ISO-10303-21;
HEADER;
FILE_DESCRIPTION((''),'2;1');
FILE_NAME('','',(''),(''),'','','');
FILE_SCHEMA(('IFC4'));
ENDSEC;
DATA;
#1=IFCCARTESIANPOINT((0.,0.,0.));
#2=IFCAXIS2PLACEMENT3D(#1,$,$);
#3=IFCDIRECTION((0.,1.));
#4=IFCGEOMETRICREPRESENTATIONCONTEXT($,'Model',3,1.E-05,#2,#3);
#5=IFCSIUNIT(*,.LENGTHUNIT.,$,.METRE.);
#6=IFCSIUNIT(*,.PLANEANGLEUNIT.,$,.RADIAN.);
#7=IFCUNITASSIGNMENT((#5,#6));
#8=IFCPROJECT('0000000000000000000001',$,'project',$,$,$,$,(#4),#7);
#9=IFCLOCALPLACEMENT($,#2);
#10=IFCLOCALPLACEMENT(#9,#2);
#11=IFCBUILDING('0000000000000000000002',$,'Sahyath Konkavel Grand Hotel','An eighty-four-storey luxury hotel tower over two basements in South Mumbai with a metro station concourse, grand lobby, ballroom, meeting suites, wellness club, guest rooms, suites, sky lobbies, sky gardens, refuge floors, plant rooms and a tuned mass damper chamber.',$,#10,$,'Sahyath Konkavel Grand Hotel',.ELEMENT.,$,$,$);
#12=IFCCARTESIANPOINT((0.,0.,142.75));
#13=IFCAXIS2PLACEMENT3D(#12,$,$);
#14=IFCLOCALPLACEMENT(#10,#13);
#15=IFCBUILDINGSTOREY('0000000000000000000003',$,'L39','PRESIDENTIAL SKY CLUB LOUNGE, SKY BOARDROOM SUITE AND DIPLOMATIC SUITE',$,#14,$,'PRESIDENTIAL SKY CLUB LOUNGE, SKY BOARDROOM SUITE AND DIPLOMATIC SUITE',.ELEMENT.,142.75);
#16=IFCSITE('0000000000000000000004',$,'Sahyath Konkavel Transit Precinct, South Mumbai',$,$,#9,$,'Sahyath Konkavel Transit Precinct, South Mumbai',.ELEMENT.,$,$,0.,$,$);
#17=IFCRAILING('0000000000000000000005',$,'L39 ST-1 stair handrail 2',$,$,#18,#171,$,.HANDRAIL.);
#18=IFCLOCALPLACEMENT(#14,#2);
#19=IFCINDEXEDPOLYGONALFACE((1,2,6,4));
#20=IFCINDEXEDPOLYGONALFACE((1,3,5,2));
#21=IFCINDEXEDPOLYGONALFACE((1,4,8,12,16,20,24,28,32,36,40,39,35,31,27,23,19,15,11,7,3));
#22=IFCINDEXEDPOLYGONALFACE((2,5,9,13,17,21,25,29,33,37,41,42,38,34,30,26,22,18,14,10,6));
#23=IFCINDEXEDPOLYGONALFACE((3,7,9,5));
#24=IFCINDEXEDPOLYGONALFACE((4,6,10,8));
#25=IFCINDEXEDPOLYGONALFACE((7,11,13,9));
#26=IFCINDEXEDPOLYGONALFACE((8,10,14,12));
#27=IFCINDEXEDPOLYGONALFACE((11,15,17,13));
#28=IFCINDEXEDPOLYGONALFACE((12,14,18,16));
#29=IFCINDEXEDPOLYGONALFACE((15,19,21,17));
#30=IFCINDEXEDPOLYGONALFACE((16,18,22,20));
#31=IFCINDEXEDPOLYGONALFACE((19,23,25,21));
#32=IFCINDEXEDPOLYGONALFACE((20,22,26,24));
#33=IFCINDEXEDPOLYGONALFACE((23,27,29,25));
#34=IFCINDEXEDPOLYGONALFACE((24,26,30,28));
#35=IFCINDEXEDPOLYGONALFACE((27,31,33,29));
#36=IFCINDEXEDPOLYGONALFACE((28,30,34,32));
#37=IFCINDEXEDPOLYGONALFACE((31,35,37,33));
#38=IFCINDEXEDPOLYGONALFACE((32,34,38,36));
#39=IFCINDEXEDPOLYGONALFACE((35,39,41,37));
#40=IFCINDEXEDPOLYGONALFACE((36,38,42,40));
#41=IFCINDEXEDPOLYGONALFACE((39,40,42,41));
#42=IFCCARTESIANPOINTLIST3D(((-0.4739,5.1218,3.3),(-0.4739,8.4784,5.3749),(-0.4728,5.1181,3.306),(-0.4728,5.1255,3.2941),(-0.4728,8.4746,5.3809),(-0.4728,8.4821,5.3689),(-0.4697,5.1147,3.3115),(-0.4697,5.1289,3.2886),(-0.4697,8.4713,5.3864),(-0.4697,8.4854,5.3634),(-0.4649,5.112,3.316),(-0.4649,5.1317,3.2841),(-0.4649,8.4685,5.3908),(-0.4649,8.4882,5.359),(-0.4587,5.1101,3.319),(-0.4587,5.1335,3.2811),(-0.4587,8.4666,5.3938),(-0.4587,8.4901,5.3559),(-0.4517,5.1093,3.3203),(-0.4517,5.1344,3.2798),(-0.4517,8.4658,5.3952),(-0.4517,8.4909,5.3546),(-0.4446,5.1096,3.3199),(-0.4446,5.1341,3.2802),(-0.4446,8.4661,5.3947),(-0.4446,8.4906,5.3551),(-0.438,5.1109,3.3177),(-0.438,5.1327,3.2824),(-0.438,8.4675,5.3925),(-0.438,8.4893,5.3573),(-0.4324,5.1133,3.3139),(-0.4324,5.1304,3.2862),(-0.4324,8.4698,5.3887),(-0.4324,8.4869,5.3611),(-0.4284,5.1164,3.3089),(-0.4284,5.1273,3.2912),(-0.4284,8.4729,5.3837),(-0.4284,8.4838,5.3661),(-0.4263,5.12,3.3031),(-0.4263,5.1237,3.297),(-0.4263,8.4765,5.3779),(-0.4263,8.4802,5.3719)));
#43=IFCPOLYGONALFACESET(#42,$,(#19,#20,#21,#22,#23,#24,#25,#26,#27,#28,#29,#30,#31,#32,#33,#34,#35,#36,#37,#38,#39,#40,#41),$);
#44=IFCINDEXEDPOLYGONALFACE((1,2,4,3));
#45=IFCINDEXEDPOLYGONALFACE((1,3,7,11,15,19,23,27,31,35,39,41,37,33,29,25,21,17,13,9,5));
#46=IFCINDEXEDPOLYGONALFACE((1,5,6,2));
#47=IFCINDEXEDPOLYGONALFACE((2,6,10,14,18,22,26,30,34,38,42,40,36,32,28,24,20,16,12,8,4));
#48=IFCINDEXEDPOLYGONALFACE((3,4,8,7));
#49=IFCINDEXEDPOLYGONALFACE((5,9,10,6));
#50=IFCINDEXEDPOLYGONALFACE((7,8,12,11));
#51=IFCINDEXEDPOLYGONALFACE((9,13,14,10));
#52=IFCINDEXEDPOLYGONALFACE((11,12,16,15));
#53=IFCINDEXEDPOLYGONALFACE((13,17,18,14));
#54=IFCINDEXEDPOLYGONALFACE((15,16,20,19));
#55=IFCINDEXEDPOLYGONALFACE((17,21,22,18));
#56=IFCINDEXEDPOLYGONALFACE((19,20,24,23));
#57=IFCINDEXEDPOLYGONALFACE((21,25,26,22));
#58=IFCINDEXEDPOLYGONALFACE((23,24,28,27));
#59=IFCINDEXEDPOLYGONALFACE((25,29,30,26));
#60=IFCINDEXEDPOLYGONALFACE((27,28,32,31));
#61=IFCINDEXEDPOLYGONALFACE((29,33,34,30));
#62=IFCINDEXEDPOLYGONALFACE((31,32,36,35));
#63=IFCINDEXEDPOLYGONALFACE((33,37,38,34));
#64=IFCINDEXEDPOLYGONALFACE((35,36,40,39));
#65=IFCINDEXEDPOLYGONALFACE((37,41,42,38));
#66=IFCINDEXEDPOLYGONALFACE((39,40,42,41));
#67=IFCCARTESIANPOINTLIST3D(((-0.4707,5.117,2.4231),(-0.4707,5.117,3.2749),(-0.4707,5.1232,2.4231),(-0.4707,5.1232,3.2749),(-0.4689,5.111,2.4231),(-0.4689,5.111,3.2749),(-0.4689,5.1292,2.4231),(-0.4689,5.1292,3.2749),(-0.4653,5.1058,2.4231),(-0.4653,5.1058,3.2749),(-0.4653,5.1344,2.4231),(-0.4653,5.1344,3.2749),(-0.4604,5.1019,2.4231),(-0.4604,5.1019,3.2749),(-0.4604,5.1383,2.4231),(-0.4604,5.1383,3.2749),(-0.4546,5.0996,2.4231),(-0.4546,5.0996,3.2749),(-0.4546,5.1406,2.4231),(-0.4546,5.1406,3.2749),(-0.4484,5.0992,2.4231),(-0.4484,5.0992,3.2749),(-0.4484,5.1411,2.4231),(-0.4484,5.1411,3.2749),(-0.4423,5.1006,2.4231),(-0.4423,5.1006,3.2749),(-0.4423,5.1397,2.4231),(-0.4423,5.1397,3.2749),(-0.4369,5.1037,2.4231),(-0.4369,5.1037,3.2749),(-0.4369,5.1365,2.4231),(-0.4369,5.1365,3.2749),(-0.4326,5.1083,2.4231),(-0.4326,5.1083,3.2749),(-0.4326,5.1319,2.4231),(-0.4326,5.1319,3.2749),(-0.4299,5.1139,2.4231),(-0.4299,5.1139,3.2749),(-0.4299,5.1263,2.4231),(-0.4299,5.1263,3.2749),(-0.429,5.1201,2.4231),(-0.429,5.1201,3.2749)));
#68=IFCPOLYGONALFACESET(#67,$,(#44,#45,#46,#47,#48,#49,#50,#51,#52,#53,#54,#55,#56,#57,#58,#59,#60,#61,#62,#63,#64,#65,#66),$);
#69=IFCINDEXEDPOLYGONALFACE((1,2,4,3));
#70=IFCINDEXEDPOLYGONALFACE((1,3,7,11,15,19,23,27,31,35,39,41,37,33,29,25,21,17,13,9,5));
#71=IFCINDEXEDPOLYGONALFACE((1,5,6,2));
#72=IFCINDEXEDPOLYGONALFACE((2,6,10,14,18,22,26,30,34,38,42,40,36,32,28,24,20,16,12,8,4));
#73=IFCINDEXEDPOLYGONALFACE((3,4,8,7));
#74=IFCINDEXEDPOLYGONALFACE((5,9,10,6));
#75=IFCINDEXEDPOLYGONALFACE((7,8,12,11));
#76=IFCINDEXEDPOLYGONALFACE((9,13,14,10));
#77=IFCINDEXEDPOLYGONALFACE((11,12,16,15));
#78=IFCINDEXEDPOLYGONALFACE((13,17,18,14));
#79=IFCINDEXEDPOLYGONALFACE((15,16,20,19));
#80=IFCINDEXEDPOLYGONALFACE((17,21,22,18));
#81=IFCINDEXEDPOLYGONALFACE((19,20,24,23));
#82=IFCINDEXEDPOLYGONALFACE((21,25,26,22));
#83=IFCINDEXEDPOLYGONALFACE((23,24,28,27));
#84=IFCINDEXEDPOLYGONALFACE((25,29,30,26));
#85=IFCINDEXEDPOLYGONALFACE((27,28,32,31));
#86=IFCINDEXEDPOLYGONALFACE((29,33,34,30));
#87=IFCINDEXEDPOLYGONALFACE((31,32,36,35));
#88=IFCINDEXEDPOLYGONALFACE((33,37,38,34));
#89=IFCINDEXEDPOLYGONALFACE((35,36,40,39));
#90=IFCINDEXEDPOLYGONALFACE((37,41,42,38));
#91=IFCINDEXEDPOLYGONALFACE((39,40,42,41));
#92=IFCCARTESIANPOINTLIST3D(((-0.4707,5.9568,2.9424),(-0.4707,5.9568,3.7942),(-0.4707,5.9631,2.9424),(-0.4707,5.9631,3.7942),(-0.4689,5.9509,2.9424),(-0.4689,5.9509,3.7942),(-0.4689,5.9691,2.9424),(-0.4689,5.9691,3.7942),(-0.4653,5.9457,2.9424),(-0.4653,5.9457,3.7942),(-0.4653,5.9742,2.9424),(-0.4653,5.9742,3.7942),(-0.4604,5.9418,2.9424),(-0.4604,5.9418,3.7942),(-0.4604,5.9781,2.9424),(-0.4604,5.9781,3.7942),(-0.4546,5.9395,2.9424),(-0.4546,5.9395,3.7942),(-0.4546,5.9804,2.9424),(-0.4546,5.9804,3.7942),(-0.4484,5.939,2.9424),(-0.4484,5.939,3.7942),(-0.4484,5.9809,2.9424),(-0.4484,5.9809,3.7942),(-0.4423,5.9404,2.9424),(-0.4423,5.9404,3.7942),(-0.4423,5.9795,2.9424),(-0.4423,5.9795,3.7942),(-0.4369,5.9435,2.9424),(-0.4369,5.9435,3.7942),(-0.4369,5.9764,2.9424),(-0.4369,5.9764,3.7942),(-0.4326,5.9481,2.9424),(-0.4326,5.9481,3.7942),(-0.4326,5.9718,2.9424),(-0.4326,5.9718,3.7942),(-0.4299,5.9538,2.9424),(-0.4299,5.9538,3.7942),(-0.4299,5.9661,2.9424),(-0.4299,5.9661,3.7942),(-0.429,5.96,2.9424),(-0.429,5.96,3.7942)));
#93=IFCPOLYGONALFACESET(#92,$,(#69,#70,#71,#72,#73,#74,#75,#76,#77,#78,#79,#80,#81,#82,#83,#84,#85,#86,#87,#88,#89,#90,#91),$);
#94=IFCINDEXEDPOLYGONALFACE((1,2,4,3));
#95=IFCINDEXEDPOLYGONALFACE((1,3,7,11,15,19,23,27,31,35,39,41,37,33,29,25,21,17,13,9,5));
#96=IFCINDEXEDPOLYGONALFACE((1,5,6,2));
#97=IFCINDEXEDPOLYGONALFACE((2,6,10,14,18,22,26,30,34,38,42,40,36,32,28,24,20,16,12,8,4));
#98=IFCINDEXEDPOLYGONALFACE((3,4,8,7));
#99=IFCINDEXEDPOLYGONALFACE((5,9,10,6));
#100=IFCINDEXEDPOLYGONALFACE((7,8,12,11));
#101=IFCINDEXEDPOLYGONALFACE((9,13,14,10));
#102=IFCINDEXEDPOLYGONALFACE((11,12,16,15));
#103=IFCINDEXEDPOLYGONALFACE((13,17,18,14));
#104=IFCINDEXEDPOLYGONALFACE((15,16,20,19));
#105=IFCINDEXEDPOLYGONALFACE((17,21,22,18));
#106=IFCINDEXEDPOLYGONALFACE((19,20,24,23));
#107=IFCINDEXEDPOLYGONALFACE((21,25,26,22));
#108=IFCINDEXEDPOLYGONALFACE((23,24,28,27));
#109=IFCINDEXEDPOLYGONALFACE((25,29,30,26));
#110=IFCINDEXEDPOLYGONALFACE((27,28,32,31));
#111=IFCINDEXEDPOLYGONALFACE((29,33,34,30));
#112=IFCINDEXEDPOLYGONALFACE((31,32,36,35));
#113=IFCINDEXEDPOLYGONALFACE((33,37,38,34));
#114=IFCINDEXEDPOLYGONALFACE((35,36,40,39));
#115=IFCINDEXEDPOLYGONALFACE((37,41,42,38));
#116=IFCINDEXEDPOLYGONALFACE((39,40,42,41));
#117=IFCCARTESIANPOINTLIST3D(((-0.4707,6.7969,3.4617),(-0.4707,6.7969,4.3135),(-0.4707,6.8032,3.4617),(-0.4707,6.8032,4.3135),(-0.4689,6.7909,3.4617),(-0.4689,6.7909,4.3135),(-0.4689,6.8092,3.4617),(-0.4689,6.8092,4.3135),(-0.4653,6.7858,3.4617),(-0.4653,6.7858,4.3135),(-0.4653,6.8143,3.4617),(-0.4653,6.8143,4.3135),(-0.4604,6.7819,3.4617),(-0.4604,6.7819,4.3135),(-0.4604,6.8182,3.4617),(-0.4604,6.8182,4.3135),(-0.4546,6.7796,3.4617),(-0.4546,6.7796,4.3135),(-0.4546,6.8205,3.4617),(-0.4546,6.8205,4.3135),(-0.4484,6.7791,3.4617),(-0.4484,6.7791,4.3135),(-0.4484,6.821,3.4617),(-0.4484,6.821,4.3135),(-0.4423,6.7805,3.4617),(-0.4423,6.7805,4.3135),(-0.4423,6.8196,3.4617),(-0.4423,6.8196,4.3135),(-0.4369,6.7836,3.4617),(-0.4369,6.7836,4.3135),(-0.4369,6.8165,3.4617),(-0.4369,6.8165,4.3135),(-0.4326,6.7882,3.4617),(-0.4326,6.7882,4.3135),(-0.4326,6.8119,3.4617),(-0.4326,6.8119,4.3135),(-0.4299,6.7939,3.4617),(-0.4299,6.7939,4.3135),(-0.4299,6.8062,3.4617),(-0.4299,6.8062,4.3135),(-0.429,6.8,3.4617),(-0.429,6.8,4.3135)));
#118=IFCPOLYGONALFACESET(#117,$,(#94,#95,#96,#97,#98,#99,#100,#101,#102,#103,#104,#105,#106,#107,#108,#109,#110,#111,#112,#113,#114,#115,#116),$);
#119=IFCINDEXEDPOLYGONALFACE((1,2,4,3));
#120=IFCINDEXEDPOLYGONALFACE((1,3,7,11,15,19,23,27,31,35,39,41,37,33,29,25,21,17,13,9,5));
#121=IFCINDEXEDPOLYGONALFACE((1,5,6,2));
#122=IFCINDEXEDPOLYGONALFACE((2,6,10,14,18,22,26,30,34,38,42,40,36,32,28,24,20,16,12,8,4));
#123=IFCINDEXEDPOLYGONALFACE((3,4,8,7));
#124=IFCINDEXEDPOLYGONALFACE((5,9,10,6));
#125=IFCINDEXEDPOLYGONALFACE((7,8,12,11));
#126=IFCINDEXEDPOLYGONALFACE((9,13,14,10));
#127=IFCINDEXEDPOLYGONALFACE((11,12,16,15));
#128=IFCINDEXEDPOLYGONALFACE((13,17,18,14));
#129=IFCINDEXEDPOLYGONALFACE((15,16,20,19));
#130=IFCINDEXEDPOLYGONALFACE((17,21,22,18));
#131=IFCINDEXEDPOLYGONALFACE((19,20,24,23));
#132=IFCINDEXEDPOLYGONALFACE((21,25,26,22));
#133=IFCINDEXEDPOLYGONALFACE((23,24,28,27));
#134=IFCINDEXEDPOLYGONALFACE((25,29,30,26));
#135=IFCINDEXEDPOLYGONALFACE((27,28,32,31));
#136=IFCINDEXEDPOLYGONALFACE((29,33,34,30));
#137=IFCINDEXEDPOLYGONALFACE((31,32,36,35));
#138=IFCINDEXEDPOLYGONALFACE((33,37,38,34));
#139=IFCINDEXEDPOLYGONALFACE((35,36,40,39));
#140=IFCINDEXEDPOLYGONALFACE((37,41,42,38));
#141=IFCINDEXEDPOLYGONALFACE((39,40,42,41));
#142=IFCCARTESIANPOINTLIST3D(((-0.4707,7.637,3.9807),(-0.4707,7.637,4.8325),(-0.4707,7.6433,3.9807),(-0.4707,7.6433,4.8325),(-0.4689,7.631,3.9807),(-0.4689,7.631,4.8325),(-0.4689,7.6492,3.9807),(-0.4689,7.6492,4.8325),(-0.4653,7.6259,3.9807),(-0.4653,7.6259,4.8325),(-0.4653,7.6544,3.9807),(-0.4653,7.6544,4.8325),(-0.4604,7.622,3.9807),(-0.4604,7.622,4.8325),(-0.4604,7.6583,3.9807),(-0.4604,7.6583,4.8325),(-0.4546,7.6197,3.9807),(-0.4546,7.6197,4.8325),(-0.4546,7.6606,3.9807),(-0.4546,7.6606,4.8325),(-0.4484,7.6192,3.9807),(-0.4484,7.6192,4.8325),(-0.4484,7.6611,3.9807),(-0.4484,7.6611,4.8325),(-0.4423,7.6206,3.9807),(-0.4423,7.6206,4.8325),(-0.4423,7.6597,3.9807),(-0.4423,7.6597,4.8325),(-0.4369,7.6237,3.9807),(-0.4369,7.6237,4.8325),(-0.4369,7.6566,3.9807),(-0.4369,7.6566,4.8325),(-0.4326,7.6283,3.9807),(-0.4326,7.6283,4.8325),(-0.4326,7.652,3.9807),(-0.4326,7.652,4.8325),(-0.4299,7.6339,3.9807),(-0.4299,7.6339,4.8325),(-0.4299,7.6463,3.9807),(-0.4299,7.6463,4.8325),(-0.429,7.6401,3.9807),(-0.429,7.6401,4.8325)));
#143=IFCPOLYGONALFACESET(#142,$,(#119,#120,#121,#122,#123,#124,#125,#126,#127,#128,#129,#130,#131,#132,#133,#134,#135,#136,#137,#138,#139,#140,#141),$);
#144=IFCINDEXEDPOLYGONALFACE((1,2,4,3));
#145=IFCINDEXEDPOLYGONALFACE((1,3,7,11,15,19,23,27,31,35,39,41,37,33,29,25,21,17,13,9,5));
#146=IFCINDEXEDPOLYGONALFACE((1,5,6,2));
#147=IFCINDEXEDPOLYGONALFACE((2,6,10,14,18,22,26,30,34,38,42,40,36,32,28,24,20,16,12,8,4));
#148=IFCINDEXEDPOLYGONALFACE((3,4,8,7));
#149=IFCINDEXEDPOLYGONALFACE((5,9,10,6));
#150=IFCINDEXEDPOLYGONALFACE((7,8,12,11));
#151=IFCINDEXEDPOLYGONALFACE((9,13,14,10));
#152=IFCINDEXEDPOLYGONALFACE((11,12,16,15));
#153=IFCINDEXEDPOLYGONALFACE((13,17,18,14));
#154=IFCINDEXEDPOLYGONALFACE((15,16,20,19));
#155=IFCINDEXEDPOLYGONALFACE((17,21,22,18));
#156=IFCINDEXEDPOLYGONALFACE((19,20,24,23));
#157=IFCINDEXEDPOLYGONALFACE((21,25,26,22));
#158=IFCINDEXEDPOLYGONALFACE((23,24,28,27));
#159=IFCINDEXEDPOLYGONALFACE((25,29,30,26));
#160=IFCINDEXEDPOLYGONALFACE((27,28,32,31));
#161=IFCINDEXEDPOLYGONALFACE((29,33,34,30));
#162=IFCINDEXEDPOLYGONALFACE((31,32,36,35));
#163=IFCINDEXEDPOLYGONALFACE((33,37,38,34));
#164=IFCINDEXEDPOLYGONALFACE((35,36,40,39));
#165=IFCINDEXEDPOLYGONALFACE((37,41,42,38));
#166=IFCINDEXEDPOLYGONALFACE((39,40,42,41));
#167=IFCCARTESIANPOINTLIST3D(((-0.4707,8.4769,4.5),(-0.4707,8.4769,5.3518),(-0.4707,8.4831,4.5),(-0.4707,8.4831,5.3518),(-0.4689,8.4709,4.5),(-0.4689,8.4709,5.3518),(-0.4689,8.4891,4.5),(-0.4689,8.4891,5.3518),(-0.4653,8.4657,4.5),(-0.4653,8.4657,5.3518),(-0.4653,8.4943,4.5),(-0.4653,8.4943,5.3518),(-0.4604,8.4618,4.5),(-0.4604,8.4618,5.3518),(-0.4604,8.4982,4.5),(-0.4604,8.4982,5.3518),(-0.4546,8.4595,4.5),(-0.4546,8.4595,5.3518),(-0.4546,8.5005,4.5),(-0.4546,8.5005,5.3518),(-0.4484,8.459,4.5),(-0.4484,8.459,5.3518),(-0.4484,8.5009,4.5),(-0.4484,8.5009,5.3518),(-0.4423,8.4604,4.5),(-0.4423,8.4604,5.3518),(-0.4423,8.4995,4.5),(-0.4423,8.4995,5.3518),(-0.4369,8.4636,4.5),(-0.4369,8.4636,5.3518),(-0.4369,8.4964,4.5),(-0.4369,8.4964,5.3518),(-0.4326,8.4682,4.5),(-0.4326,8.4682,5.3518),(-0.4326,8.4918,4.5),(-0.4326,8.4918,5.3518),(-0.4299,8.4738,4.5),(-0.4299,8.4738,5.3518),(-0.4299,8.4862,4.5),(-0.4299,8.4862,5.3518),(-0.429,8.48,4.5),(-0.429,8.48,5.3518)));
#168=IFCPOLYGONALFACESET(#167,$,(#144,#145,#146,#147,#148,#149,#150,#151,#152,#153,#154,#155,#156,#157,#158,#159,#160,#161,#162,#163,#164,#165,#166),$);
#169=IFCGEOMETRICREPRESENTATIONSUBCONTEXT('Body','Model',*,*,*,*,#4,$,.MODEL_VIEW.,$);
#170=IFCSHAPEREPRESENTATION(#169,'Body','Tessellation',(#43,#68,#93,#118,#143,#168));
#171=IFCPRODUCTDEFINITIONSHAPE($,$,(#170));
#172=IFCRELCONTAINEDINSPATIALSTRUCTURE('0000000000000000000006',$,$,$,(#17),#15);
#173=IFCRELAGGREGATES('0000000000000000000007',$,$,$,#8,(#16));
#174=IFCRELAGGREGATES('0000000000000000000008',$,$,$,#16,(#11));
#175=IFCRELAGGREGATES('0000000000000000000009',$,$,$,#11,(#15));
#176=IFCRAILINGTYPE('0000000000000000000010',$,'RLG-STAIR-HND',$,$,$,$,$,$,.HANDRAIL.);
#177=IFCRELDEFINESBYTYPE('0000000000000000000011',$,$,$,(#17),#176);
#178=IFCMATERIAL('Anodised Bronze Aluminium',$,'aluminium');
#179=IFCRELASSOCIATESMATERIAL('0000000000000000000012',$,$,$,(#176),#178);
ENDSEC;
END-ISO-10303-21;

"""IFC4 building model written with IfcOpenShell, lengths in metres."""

from ifc_helpers import new_model, si_unit, direction, frame, origin, origin_2d, place, context, subcontext, project, spatial, circle, extrude, material, type_object, element, save


model = new_model("IFC4")

# Units and contexts
model_context = context("Model", 3, precision=1e-05, world=origin(), true_north=direction((0.0, 1.0)))
body_context = subcontext(model_context, "Body", "Model", "MODEL_VIEW")
ifc_project = project(units=[si_unit("LENGTHUNIT", "METRE"), si_unit("PLANEANGLEUNIT", "RADIAN")], contexts=[model_context])

# Site, building, storey
site_placement = place(None, origin())
site = spatial("IfcSite", under=ifc_project, at=site_placement, Name="Sahyath Konkavel Transit Precinct, South Mumbai", LongName="Sahyath Konkavel Transit Precinct, South Mumbai", CompositionType="ELEMENT", RefElevation=0.0)
building_placement = place(site_placement, origin())
building = spatial("IfcBuilding", under=site, at=building_placement, Name="Sahyath Konkavel Grand Hotel", Description="An eighty-four-storey luxury hotel tower over two basements in South Mumbai with a metro station concourse, grand lobby, ballroom, meeting suites, wellness club, guest rooms, suites, sky lobbies, sky gardens, refuge floors, plant rooms and a tuned mass damper chamber.", LongName="Sahyath Konkavel Grand Hotel", CompositionType="ELEMENT")
storey_placement = place(building_placement, frame((0.0, 0.0, 142.75)))
storey = spatial("IfcBuildingStorey", under=building, at=storey_placement, Name="L39", Description="PRESIDENTIAL SKY CLUB LOUNGE, SKY BOARDROOM SUITE AND DIPLOMATIC SUITE", LongName="PRESIDENTIAL SKY CLUB LOUNGE, SKY BOARDROOM SUITE AND DIPLOMATIC SUITE", CompositionType="ELEMENT", Elevation=142.75)

# Railing
ifc_material_1 = material(Name="Anodised Bronze Aluminium", Category="aluminium")
railing_type_1 = type_object("IfcRailingType", Name="RLG-STAIR-HND", PredefinedType="HANDRAIL", material=ifc_material_1)
railing_1_placement = place(storey_placement, frame((-0.45, 5.1201, 2.4231)))
element("IfcRailing", 1, at=railing_1_placement, inside=storey, type_object=railing_type_1, Name="L39 ST-1 stair handrail 2", PredefinedType="HANDRAIL", context=body_context, shape_type="SweptSolid", body=[
    extrude(circle(Radius=0.0239, at=origin_2d()), frame((0.0, 0.0017, 0.877), z_axis=(0.0, 0.850606, 0.525803), x_axis=(-1.0, 0.0, 0.0)), (0.0, 0.0, 1.0), 3.946),
    extrude(circle(Radius=0.021, at=origin_2d()), origin(), (0.0, 0.0, 1.0), 0.8518),
    extrude(circle(Radius=0.021, at=origin_2d()), frame((0.0, 0.8398, 0.5193)), (0.0, 0.0, 1.0), 0.8518),
    extrude(circle(Radius=0.021, at=origin_2d()), frame((0.0, 1.6799, 1.0386)), (0.0, 0.0, 1.0), 0.8518),
    extrude(circle(Radius=0.021, at=origin_2d()), frame((0.0, 2.52, 1.5576)), (0.0, 0.0, 1.0), 0.8518),
    extrude(circle(Radius=0.021, at=origin_2d()), frame((0.0, 3.3599, 2.0769)), (0.0, 0.0, 1.0), 0.8518),
])

save(model, "model.ifc")
